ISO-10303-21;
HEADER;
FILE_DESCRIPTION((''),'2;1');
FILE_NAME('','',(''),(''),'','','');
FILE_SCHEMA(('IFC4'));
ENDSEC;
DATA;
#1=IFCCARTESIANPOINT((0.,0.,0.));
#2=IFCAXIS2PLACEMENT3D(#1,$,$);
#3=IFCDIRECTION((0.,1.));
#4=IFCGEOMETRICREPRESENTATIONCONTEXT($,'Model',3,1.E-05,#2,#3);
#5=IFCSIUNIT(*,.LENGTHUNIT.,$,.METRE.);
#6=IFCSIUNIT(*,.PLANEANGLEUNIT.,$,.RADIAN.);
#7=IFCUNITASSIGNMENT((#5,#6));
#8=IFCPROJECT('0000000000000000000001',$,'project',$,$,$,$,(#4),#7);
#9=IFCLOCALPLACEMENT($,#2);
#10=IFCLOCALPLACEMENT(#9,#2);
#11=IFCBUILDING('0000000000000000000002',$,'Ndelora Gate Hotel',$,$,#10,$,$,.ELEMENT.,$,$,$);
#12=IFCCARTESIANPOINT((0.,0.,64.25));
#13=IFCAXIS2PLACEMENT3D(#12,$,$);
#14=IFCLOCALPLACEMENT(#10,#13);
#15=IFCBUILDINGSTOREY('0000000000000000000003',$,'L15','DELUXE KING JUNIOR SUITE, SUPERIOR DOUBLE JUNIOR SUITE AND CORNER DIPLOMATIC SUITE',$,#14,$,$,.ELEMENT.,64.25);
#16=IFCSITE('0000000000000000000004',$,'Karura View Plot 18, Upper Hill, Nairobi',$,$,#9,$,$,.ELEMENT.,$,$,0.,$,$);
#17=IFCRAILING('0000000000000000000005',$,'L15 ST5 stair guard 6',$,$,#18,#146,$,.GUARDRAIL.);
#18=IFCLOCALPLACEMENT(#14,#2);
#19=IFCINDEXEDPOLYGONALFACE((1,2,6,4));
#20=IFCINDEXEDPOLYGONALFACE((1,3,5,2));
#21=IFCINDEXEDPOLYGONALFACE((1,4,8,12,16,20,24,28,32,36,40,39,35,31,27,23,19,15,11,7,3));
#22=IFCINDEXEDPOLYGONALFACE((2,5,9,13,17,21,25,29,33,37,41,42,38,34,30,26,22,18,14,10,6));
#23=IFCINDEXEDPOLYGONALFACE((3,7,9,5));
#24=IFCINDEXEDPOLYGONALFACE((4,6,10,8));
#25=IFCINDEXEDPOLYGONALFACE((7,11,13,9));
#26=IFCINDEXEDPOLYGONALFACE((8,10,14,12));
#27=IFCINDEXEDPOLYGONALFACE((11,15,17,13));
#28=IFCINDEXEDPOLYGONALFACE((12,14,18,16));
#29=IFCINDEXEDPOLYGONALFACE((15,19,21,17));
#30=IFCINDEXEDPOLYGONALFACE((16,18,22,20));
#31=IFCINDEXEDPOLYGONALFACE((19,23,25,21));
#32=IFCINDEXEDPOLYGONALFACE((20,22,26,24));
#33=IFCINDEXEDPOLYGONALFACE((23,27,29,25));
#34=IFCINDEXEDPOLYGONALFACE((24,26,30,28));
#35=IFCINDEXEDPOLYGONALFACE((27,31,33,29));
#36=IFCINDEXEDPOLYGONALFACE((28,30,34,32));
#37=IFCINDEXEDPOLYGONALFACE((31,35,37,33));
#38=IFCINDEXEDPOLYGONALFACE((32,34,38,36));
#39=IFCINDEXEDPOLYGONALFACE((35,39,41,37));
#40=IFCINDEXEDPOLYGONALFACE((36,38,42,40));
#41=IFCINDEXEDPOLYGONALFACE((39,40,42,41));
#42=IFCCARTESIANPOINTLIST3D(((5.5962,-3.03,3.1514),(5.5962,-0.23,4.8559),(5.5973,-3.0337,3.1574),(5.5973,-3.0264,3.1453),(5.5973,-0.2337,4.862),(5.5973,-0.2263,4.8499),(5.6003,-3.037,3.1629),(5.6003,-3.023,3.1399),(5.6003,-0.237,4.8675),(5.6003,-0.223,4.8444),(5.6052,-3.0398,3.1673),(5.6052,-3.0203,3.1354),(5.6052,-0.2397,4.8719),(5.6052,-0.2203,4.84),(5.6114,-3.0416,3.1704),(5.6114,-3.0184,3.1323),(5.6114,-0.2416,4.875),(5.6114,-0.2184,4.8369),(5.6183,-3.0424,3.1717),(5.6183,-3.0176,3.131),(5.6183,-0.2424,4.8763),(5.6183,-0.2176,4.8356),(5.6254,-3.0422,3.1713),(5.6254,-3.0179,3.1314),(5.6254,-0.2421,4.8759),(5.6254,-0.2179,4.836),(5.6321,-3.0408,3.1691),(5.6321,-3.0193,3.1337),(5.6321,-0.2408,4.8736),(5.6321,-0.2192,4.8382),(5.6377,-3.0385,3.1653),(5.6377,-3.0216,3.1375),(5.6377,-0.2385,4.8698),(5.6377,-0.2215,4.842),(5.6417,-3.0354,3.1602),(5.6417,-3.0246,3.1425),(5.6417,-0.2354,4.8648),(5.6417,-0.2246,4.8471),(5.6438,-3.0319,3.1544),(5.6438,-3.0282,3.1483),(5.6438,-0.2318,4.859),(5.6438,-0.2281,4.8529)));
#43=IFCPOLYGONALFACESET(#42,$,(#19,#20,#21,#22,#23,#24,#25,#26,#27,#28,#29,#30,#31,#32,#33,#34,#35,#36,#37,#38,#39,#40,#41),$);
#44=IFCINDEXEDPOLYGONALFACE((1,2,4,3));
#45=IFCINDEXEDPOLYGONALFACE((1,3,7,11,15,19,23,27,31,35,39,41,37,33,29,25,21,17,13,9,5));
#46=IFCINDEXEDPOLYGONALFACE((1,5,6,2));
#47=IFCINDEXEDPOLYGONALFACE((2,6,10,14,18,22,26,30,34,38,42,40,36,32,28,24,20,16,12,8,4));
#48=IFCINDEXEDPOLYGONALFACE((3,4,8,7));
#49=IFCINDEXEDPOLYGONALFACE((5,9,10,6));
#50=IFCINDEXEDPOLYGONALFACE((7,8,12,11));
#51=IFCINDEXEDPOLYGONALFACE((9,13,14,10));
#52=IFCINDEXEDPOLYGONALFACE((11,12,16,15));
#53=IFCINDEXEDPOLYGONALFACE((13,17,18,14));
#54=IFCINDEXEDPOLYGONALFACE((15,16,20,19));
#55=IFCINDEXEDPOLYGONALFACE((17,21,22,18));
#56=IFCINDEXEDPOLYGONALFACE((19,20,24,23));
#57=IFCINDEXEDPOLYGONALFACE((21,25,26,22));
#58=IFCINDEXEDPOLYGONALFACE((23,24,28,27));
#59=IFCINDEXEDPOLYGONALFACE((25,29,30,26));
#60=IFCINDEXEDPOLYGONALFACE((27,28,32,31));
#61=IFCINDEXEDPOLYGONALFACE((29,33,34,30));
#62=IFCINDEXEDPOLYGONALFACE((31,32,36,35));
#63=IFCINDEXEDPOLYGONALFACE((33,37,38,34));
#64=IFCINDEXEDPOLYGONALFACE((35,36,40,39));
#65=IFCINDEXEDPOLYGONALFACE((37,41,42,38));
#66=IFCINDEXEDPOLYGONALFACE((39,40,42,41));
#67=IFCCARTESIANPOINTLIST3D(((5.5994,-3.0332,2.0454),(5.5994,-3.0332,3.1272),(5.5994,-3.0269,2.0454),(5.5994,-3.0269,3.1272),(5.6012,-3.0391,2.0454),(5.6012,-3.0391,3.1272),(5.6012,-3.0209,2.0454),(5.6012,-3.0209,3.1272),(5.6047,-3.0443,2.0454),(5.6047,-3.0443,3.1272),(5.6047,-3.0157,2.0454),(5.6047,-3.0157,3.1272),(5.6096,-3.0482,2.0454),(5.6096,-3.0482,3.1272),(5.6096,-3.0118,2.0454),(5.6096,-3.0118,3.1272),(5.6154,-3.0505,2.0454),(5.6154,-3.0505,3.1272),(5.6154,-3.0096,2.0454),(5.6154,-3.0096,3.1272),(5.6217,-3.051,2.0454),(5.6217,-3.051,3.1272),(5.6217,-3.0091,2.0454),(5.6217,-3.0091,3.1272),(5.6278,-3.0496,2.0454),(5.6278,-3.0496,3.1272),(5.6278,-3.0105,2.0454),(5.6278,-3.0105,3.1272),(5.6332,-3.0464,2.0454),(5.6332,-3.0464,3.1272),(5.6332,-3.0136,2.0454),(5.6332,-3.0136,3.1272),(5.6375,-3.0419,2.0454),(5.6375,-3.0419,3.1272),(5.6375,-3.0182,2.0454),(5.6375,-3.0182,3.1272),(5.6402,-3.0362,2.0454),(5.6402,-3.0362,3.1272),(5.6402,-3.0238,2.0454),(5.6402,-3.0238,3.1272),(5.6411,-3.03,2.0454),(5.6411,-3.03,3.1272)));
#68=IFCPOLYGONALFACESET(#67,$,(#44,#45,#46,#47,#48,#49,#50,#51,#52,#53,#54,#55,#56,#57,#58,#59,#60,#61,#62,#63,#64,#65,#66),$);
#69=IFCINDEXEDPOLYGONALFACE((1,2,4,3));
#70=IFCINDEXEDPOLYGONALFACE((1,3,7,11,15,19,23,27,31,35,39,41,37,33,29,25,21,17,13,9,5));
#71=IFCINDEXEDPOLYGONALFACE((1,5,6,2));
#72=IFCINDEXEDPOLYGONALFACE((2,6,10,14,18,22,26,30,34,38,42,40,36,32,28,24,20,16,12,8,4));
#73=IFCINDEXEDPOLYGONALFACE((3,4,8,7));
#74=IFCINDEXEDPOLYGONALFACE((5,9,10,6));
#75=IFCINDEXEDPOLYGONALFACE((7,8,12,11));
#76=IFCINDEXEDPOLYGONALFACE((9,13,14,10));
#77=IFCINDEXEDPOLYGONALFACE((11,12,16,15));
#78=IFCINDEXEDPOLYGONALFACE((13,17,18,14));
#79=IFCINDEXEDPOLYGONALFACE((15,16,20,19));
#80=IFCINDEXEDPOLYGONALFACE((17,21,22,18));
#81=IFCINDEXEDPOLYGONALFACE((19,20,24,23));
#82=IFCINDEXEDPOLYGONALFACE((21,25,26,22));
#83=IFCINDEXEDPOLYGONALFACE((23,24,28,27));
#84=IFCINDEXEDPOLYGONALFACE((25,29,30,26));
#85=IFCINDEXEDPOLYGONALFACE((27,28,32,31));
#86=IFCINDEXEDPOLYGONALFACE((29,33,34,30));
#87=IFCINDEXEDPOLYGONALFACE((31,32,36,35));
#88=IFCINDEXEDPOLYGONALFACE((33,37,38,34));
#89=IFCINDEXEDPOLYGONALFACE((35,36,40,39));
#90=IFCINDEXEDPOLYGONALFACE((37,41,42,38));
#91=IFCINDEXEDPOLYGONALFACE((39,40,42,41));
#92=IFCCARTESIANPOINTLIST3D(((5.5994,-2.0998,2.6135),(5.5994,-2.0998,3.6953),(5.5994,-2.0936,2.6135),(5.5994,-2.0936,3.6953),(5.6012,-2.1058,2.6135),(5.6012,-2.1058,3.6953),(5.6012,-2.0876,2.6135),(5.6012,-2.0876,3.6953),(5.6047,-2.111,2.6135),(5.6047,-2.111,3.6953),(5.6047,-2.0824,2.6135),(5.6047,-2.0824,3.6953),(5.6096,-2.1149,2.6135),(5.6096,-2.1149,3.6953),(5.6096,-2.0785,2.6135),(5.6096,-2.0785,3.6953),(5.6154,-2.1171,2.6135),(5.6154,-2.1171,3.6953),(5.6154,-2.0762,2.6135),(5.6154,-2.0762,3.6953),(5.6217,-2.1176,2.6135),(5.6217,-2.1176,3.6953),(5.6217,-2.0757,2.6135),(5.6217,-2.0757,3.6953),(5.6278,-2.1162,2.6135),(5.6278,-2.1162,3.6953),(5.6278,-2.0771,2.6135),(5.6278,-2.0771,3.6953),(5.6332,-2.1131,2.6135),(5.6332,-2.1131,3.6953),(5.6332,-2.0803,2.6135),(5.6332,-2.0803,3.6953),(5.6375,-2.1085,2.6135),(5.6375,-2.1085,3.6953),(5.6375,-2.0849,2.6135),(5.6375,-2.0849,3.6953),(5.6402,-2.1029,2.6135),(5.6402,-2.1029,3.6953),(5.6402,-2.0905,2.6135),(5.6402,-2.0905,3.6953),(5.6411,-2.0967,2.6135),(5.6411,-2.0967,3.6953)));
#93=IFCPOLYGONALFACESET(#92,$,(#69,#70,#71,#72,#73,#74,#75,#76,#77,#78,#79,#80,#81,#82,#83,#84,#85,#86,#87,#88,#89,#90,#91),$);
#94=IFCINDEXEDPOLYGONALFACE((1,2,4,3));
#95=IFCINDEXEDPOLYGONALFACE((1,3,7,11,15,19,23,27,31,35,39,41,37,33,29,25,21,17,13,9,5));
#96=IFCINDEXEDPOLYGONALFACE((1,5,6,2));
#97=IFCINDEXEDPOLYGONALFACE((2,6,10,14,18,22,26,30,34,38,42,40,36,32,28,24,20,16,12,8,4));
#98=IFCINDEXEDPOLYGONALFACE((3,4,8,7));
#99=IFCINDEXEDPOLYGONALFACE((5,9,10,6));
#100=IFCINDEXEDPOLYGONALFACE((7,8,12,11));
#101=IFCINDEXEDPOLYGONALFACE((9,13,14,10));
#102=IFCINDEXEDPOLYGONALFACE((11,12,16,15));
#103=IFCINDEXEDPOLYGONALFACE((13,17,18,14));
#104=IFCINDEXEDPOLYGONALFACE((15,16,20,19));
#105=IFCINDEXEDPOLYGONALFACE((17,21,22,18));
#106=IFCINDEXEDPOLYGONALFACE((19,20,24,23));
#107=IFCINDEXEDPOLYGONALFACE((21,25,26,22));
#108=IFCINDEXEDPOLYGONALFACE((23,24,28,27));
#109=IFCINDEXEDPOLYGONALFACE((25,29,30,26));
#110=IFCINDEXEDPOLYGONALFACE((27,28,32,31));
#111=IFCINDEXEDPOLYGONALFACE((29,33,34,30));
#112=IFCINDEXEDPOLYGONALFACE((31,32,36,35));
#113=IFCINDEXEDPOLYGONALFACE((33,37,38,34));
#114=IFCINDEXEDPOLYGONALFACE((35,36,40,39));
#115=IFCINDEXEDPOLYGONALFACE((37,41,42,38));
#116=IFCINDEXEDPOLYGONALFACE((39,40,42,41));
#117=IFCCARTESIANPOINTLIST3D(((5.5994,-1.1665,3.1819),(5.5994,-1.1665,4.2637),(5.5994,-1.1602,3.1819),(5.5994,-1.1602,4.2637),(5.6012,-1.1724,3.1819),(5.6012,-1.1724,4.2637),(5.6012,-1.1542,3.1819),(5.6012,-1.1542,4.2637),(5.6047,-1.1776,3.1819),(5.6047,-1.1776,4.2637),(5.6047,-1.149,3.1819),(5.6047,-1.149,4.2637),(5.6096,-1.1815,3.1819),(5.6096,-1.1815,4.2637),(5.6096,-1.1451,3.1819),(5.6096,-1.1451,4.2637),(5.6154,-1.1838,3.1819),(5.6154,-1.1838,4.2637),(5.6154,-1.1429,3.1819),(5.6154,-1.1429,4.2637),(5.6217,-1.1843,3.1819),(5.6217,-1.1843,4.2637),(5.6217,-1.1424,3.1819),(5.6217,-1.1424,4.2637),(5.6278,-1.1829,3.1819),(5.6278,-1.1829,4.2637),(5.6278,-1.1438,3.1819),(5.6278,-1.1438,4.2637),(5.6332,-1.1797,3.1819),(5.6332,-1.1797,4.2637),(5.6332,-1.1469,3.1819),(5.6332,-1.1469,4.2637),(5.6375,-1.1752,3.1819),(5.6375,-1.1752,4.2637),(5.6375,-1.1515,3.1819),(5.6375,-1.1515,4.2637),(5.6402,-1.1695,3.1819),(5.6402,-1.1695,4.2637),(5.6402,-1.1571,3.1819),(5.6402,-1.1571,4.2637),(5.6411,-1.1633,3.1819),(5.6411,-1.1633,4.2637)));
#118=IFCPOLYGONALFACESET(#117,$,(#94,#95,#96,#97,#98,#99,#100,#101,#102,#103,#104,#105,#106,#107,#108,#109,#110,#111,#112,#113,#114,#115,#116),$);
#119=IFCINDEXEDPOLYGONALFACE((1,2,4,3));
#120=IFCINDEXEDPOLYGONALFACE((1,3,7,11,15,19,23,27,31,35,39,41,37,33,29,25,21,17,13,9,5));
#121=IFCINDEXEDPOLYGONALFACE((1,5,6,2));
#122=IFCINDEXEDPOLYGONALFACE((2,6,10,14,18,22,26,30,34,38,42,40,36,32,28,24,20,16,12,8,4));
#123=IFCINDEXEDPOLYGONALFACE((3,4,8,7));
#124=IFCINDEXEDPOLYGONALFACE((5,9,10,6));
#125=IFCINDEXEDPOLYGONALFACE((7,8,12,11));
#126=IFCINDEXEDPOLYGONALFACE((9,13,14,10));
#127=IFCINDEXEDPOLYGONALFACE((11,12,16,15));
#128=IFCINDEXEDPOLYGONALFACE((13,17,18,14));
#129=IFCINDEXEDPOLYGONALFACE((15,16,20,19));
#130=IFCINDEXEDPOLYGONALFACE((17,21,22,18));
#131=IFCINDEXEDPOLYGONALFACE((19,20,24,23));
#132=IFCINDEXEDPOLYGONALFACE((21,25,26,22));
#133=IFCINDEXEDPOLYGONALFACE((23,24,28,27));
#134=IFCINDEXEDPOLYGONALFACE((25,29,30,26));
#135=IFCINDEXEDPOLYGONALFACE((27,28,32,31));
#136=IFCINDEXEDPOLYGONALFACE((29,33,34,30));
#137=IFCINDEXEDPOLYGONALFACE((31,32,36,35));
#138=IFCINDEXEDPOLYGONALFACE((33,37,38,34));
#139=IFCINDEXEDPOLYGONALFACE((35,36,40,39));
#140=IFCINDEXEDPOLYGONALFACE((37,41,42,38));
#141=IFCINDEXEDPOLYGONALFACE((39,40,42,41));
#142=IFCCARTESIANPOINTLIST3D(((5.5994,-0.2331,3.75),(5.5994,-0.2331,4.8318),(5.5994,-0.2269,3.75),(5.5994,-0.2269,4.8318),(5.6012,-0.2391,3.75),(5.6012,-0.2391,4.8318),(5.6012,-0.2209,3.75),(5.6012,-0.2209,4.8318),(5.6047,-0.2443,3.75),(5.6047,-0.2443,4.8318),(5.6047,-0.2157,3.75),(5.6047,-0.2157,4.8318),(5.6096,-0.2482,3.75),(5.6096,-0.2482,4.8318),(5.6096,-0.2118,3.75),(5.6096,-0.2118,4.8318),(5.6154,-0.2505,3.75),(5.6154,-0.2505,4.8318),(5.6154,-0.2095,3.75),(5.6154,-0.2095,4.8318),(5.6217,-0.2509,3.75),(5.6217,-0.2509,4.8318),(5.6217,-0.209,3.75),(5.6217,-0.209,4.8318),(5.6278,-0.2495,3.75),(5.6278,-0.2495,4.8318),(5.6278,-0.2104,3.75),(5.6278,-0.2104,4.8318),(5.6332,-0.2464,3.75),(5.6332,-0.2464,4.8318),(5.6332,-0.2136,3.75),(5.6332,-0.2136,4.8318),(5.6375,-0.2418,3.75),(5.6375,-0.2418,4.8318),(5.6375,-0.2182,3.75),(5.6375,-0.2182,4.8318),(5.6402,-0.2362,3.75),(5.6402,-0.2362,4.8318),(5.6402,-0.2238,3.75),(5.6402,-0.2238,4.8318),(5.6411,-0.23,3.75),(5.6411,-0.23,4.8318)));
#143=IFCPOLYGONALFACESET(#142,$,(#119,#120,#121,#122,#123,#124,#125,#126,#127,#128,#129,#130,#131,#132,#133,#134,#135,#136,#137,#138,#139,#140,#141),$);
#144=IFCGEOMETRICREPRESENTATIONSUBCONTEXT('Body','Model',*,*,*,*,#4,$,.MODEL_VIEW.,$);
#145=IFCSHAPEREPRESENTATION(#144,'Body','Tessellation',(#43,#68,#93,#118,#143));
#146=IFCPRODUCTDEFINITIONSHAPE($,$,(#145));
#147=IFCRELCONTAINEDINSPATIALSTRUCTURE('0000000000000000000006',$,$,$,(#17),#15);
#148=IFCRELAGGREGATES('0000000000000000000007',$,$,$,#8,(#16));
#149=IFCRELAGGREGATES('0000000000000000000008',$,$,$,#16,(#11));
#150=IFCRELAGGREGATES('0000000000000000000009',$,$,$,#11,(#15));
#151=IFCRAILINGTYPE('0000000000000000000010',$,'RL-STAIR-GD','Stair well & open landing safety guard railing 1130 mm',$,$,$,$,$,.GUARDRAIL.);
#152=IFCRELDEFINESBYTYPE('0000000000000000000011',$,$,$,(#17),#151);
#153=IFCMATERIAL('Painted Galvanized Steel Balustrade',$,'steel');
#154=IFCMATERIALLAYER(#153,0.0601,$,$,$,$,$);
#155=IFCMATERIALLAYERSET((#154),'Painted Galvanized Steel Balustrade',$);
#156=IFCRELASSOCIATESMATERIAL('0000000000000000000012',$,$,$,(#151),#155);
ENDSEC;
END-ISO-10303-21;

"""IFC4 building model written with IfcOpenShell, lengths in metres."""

from ifc_helpers import new_model, si_unit, direction, frame, origin, origin_2d, place, context, subcontext, project, spatial, circle, extrude, material, layer, layer_set, type_object, element, save


model = new_model("IFC4")

# Units and contexts
model_context = context("Model", 3, precision=1e-05, world=origin(), true_north=direction((0.0, 1.0)))
body_context = subcontext(model_context, "Body", "Model", "MODEL_VIEW")
ifc_project = project(units=[si_unit("LENGTHUNIT", "METRE"), si_unit("PLANEANGLEUNIT", "RADIAN")], contexts=[model_context])

# Site, building, storey
site_placement = place(None, origin())
site = spatial("IfcSite", under=ifc_project, at=site_placement, Name="Karura View Plot 18, Upper Hill, Nairobi", CompositionType="ELEMENT", RefElevation=0.0)
building_placement = place(site_placement, origin())
building = spatial("IfcBuilding", under=site, at=building_placement, Name="Ndelora Gate Hotel", CompositionType="ELEMENT")
storey_placement = place(building_placement, frame((0.0, 0.0, 64.25)))
storey = spatial("IfcBuildingStorey", under=building, at=storey_placement, Name="L15", Description="DELUXE KING JUNIOR SUITE, SUPERIOR DOUBLE JUNIOR SUITE AND CORNER DIPLOMATIC SUITE", CompositionType="ELEMENT", Elevation=64.25)

# Railing
ifc_material_1 = material(Name="Painted Galvanized Steel Balustrade", Category="steel")
ifc_layer_1 = layer(ifc_material_1, 0.0601)
ifc_layer_set_1 = layer_set([ifc_layer_1], Name="Painted Galvanized Steel Balustrade")
railing_type = type_object("IfcRailingType", Name="RL-STAIR-GD", Description="Stair well & open landing safety guard railing 1130 mm", PredefinedType="GUARDRAIL", material=ifc_layer_set_1)
railing_1_placement = place(storey_placement, frame((5.6201, -3.03, 2.0454)))
element("IfcRailing", 1, at=railing_1_placement, inside=storey, type_object=railing_type, Name="L15 ST5 stair guard 6", PredefinedType="GUARDRAIL", context=body_context, shape_type="SweptSolid", body=[
    extrude(circle(Radius=0.0239, at=origin_2d()), frame((0.0, 0.0, 1.106), z_axis=(0.0, 0.85417, 0.519994), x_axis=(-1.0, 0.0, 0.0)), (0.0, 0.0, 1.0), 3.2781),
    extrude(circle(Radius=0.021, at=origin_2d()), origin(), (0.0, 0.0, 1.0), 1.0818),
    extrude(circle(Radius=0.021, at=origin_2d()), frame((0.0, 0.9333, 0.5681)), (0.0, 0.0, 1.0), 1.0818),
    extrude(circle(Radius=0.021, at=origin_2d()), frame((0.0, 1.8667, 1.1365)), (0.0, 0.0, 1.0), 1.0818),
    extrude(circle(Radius=0.021, at=origin_2d()), frame((0.0, 2.8, 1.7046)), (0.0, 0.0, 1.0), 1.0818),
])

save(model, "model.ifc")
